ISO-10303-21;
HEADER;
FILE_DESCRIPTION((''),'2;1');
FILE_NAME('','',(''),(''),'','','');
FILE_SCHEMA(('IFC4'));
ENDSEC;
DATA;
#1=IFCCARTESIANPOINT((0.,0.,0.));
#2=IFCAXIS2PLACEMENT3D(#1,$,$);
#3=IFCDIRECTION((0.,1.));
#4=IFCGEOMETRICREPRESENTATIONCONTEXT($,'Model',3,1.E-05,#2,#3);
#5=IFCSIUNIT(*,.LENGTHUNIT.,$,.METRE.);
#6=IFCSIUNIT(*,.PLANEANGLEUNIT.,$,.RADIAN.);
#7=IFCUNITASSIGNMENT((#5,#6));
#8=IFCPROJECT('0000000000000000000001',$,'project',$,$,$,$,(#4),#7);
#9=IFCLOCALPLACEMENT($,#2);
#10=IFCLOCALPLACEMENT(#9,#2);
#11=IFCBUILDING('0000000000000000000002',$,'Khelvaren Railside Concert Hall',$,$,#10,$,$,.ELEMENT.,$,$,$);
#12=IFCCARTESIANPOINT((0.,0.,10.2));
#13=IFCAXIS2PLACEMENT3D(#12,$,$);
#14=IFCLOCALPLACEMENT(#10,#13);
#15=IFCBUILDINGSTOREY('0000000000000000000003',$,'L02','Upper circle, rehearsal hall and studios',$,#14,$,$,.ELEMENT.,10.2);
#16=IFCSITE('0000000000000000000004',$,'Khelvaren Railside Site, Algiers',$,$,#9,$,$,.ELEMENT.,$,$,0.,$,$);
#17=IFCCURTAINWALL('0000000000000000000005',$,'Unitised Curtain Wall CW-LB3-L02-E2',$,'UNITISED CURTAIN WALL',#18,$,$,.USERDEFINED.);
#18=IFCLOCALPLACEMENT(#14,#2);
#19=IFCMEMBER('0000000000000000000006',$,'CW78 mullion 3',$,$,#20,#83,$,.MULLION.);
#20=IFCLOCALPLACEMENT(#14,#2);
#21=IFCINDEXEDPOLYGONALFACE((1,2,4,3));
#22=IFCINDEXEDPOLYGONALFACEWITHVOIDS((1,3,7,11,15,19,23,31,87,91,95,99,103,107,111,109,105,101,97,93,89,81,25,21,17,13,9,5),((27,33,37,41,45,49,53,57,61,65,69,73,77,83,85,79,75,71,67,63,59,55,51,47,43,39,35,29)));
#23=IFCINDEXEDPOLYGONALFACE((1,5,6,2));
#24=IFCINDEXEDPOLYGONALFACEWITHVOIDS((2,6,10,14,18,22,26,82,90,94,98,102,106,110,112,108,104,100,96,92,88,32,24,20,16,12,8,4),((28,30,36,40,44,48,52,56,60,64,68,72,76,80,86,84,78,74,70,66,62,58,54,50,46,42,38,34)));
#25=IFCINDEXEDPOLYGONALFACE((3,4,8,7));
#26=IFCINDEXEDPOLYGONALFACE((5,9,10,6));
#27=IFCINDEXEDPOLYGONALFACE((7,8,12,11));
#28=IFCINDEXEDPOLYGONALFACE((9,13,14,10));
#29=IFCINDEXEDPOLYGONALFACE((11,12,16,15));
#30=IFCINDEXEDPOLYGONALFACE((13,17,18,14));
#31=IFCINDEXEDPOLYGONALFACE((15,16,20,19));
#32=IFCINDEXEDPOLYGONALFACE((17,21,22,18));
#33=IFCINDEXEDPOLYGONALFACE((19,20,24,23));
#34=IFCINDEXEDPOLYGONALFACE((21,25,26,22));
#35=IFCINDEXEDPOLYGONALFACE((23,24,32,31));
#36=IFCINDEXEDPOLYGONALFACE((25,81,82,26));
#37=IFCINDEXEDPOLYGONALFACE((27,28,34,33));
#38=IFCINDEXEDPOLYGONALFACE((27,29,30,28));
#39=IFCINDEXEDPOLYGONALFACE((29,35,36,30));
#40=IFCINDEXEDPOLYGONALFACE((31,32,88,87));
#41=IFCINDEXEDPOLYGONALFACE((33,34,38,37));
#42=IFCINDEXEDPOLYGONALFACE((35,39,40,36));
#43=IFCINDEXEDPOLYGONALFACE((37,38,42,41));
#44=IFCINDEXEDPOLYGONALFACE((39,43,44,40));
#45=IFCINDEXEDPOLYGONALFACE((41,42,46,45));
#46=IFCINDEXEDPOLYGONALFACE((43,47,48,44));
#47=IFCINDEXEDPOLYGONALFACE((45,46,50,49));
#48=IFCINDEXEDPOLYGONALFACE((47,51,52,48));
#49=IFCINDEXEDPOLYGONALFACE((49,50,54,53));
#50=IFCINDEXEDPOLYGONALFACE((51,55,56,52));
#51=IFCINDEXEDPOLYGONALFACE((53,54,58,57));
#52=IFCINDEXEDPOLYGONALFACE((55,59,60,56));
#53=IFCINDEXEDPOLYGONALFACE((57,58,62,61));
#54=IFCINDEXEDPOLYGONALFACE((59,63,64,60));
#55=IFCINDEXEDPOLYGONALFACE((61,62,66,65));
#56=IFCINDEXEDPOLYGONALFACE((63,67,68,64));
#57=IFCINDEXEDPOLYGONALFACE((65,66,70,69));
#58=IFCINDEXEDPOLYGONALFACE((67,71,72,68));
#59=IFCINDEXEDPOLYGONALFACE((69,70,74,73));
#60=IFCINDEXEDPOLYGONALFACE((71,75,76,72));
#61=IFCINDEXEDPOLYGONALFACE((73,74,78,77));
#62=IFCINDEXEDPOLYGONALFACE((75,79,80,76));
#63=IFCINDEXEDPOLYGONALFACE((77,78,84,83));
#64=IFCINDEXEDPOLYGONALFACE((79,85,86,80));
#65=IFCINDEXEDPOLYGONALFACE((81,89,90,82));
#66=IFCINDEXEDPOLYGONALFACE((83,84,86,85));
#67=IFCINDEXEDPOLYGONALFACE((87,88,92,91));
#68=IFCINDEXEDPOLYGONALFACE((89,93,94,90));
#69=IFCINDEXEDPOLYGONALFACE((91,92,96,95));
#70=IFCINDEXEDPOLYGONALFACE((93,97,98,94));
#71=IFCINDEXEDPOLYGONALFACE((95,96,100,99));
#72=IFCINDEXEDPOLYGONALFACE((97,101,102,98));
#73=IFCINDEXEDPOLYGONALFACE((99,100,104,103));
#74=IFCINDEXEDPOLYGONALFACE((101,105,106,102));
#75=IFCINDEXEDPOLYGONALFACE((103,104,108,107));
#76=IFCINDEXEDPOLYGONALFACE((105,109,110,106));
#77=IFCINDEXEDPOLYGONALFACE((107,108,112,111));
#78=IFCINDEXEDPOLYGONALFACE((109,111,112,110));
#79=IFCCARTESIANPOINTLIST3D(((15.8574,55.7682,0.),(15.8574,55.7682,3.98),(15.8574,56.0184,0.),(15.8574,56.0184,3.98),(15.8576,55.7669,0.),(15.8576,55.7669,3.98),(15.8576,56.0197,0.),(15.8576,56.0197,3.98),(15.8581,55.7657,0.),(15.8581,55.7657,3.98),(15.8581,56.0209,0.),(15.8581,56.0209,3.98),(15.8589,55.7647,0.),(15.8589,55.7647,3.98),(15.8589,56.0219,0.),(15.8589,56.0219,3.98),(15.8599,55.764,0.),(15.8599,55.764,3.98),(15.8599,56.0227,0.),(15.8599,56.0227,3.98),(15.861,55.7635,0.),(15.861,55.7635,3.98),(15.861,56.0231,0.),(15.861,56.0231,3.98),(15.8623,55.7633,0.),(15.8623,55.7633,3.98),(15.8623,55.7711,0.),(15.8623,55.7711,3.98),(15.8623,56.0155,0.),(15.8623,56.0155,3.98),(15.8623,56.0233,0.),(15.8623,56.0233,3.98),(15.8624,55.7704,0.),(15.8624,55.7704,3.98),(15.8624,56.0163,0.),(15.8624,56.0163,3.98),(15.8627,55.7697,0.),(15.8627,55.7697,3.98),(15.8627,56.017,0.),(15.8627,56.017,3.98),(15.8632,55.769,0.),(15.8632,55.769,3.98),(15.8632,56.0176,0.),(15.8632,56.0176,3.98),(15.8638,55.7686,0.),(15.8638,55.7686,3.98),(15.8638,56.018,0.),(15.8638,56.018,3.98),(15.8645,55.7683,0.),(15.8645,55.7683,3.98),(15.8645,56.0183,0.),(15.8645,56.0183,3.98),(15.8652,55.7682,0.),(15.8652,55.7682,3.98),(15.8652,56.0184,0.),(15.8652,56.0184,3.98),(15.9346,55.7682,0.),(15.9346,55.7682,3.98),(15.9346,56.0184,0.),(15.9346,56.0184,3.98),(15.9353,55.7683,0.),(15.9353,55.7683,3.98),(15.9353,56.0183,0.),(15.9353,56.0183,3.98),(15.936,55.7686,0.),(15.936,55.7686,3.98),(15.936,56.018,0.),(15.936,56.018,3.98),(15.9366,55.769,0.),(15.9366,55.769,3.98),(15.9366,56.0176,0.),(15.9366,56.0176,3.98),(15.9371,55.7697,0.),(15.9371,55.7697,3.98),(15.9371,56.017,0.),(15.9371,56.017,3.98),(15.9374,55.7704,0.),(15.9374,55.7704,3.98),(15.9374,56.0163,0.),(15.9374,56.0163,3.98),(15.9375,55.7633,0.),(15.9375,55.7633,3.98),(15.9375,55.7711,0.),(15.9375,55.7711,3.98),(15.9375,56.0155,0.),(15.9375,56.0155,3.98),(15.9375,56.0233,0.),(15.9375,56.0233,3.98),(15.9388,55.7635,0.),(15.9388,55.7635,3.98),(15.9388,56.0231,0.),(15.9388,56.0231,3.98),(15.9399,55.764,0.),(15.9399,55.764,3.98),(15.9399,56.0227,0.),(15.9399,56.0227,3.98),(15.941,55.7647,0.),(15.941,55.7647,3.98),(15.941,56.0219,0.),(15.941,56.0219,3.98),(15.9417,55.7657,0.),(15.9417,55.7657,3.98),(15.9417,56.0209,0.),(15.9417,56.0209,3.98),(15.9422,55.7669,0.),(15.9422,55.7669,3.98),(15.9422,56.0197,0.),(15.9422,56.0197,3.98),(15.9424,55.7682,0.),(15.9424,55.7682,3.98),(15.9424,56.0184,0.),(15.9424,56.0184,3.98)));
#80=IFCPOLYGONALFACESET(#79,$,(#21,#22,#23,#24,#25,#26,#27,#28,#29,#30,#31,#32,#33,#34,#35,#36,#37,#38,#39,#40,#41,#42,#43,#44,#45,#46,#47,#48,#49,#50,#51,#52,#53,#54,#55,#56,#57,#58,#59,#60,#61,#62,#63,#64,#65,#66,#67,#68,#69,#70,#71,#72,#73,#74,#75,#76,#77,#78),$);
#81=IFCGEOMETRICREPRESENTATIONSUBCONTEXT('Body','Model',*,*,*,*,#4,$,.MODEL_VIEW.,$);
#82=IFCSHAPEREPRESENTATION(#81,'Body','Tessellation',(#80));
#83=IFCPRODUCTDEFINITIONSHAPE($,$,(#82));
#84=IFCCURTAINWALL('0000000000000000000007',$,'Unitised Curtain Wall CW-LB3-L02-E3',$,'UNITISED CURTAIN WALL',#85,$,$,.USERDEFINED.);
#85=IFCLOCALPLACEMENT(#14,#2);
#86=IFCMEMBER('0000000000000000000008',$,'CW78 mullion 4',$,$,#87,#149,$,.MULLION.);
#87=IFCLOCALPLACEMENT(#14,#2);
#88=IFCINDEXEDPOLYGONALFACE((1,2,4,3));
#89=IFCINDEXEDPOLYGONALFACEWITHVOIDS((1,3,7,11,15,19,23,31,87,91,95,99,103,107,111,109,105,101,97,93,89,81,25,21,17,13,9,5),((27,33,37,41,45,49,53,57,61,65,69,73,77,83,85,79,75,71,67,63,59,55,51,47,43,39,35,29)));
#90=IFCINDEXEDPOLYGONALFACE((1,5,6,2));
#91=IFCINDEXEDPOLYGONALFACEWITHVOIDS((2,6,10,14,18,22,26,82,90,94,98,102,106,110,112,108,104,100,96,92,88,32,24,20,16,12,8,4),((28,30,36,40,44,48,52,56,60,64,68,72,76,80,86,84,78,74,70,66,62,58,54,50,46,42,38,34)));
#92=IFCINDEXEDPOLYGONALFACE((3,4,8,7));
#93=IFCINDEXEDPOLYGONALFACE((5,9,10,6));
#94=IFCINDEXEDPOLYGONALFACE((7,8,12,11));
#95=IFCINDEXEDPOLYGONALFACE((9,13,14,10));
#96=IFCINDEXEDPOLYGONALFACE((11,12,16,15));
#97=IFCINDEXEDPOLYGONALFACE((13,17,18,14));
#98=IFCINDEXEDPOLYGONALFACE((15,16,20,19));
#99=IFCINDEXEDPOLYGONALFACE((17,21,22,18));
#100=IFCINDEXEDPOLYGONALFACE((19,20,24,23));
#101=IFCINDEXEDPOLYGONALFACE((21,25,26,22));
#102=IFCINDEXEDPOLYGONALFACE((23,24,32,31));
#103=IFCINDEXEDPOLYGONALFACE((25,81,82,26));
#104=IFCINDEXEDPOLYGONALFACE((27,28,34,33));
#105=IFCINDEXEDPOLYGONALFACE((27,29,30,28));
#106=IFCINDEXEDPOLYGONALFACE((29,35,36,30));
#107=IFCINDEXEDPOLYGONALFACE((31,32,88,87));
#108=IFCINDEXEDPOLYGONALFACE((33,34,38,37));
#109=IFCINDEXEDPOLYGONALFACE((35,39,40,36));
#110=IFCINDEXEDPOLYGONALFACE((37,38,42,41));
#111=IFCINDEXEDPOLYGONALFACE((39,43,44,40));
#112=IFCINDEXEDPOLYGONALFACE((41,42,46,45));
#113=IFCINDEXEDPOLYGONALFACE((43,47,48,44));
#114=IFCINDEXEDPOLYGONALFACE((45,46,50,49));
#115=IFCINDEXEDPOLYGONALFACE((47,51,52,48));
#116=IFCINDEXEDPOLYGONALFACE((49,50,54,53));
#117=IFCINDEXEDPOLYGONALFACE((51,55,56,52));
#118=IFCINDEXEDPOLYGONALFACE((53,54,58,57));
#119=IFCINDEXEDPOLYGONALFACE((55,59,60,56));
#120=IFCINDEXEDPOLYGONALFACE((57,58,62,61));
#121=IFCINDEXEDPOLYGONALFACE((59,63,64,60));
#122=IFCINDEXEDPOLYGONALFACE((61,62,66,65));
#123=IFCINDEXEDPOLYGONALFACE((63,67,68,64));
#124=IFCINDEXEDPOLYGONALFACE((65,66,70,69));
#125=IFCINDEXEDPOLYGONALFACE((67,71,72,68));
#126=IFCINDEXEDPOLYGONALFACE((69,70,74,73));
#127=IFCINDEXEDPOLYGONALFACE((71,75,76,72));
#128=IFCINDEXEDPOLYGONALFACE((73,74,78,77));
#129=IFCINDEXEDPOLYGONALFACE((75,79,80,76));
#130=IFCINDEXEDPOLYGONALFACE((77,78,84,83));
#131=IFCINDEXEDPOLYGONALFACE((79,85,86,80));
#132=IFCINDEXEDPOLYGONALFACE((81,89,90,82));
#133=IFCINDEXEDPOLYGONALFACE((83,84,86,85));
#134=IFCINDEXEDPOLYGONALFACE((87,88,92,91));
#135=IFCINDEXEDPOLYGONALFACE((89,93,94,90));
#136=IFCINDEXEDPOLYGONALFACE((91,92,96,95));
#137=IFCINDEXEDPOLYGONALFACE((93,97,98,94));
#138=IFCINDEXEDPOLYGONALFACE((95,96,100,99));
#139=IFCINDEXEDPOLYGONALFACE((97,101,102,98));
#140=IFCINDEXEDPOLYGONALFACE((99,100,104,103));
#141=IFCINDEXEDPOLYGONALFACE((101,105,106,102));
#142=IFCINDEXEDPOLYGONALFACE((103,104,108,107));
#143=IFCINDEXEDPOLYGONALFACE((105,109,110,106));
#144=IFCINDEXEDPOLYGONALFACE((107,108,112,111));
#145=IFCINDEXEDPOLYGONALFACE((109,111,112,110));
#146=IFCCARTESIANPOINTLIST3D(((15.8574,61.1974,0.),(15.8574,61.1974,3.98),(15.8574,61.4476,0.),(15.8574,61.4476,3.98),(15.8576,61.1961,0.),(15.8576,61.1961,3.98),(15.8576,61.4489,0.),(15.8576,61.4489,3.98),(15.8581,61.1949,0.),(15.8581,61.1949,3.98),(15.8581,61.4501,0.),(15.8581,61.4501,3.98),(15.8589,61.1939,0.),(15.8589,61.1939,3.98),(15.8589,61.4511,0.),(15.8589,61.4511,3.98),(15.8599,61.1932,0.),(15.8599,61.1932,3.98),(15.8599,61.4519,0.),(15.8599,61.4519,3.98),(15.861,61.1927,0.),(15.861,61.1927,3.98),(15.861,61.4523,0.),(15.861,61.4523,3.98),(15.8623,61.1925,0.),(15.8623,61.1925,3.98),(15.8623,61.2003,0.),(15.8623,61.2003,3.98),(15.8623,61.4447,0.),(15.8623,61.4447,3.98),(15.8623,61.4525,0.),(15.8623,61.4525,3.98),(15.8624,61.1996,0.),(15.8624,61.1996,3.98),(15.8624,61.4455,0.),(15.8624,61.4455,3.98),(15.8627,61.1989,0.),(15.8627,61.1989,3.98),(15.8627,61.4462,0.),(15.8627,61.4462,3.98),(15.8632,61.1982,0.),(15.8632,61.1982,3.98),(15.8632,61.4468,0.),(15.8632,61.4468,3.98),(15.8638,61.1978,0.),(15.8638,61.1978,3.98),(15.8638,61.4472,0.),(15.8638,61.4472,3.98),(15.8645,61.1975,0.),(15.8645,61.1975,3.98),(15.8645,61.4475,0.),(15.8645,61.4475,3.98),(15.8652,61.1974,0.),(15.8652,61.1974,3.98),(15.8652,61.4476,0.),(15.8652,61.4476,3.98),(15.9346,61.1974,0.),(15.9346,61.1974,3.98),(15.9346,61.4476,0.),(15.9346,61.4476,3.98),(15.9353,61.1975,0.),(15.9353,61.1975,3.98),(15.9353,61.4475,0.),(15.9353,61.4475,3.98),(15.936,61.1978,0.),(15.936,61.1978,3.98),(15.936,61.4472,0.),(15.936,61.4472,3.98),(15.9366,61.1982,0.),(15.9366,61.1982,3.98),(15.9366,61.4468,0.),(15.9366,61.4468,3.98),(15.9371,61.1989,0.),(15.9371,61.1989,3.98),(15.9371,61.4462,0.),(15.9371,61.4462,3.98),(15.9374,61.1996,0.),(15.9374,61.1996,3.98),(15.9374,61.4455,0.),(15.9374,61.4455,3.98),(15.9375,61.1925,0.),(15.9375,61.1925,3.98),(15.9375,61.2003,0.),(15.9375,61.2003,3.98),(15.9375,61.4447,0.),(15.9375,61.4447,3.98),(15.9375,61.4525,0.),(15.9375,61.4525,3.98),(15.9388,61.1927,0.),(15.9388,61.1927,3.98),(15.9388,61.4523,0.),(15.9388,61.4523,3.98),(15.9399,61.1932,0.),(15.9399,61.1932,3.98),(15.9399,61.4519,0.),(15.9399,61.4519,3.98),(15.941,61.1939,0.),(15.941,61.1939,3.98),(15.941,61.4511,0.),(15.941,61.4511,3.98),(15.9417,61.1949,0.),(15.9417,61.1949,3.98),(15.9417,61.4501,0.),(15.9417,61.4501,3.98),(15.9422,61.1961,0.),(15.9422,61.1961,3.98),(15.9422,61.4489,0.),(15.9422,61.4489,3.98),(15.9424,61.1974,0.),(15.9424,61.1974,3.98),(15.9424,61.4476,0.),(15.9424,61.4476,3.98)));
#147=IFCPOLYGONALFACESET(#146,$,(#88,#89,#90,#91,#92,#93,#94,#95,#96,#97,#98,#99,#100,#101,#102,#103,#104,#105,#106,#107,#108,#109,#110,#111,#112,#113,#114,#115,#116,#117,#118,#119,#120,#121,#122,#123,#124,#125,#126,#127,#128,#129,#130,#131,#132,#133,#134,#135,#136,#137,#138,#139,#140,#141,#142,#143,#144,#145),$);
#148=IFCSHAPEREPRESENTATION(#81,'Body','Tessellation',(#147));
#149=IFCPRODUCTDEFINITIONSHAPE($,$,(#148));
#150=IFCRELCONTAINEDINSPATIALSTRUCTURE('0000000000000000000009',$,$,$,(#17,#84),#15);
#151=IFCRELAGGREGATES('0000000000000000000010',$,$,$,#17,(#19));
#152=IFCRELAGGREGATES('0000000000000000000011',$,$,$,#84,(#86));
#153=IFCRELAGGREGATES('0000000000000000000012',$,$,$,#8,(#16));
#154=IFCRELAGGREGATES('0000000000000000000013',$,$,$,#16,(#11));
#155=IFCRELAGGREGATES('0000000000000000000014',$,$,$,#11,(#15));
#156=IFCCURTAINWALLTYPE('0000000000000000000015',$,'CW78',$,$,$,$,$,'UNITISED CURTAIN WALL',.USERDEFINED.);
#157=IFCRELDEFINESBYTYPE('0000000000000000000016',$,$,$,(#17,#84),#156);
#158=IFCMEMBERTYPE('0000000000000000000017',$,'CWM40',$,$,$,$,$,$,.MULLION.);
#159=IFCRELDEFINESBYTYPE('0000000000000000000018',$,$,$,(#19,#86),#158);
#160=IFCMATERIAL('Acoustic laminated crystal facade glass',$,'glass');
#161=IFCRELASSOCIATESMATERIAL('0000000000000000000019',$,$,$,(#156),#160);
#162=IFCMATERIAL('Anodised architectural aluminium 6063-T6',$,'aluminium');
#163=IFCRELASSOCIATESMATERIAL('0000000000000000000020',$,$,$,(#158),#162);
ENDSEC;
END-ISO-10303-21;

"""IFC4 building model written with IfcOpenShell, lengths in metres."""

from ifc_helpers import new_model, si_unit, direction, frame, origin, origin_2d, place, context, subcontext, project, spatial, hollow_rectangle, extrude, material, material_profile, profile_set, type_object, element, aggregate, save


model = new_model("IFC4")

# Units and contexts
model_context = context("Model", 3, precision=1e-05, world=origin(), true_north=direction((0.0, 1.0)))
body_context = subcontext(model_context, "Body", "Model", "MODEL_VIEW")
ifc_project = project(units=[si_unit("LENGTHUNIT", "METRE"), si_unit("PLANEANGLEUNIT", "RADIAN")], contexts=[model_context])

# Site, building, storey
site_placement = place(None, origin())
site = spatial("IfcSite", under=ifc_project, at=site_placement, Name="Khelvaren Railside Site, Algiers", CompositionType="ELEMENT", RefElevation=0.0)
building_placement = place(site_placement, origin())
building = spatial("IfcBuilding", under=site, at=building_placement, Name="Khelvaren Railside Concert Hall", CompositionType="ELEMENT")
storey_placement = place(building_placement, frame((0.0, 0.0, 10.2)))
storey = spatial("IfcBuildingStorey", under=building, at=storey_placement, Name="L02", Description="Upper circle, rehearsal hall and studios", CompositionType="ELEMENT", Elevation=10.2)

# Curtain wall, member
ifc_material_1 = material(Name="Acoustic laminated crystal facade glass", Category="glass")
curtain_wall_type = type_object("IfcCurtainWallType", Name="CW78", ElementType="UNITISED CURTAIN WALL", PredefinedType="USERDEFINED", material=ifc_material_1)
curtain_wall_1_placement = place(storey_placement, origin())
curtain_wall_1 = element("IfcCurtainWall", 1, at=curtain_wall_1_placement, inside=storey, type_object=curtain_wall_type, Name="Unitised Curtain Wall CW-LB3-L02-E2", ObjectType="UNITISED CURTAIN WALL", PredefinedType="USERDEFINED")
ifc_material_2 = material(Name="Anodised architectural aluminium 6063-T6", Category="aluminium")
ifc_material_profile_1 = material_profile(ifc_material_2, hollow_rectangle(XDim=0.085, YDim=0.26, WallThickness=0.0049, InnerFilletRadius=0.0029, OuterFilletRadius=0.0049, at=origin_2d()), Name="CWM 85x260x5")
ifc_profile_set_1 = profile_set([ifc_material_profile_1], Name="Anodised architectural aluminium 6063-T6")
member_type_1 = type_object("IfcMemberType", Name="CWM40", PredefinedType="MULLION", material=ifc_profile_set_1)
member_1_placement = place(storey_placement, frame((15.8999, 55.8933, 0.0), z_axis=(0.0, 0.0, 1.0), x_axis=(1.0, 0.0, 0.0)))
member_1 = element("IfcMember", 2, at=member_1_placement, type_object=member_type_1, Name="CW78 mullion 3", PredefinedType="MULLION", context=body_context, shape_type="SweptSolid", body=[
    extrude(hollow_rectangle(XDim=0.085, YDim=0.26, WallThickness=0.0049, InnerFilletRadius=0.0029, OuterFilletRadius=0.0049, at=origin_2d()), origin(), (0.0, 0.0, 1.0), 3.98),
])

# Curtain wall, member
curtain_wall_2_placement = place(storey_placement, origin())
curtain_wall_2 = element("IfcCurtainWall", 3, at=curtain_wall_2_placement, inside=storey, type_object=curtain_wall_type, Name="Unitised Curtain Wall CW-LB3-L02-E3", ObjectType="UNITISED CURTAIN WALL", PredefinedType="USERDEFINED")
member_2_placement = place(storey_placement, frame((15.8999, 61.3225, 0.0), z_axis=(0.0, 0.0, 1.0), x_axis=(1.0, 0.0, 0.0)))
member_2 = element("IfcMember", 4, at=member_2_placement, type_object=member_type_1, Name="CW78 mullion 4", PredefinedType="MULLION", context=body_context, shape_type="SweptSolid", body=[
    extrude(hollow_rectangle(XDim=0.085, YDim=0.26, WallThickness=0.0049, InnerFilletRadius=0.0029, OuterFilletRadius=0.0049, at=origin_2d()), origin(), (0.0, 0.0, 1.0), 3.98),
])

aggregate(curtain_wall_1, [member_1])
aggregate(curtain_wall_2, [member_2])

save(model, "model.ifc")
